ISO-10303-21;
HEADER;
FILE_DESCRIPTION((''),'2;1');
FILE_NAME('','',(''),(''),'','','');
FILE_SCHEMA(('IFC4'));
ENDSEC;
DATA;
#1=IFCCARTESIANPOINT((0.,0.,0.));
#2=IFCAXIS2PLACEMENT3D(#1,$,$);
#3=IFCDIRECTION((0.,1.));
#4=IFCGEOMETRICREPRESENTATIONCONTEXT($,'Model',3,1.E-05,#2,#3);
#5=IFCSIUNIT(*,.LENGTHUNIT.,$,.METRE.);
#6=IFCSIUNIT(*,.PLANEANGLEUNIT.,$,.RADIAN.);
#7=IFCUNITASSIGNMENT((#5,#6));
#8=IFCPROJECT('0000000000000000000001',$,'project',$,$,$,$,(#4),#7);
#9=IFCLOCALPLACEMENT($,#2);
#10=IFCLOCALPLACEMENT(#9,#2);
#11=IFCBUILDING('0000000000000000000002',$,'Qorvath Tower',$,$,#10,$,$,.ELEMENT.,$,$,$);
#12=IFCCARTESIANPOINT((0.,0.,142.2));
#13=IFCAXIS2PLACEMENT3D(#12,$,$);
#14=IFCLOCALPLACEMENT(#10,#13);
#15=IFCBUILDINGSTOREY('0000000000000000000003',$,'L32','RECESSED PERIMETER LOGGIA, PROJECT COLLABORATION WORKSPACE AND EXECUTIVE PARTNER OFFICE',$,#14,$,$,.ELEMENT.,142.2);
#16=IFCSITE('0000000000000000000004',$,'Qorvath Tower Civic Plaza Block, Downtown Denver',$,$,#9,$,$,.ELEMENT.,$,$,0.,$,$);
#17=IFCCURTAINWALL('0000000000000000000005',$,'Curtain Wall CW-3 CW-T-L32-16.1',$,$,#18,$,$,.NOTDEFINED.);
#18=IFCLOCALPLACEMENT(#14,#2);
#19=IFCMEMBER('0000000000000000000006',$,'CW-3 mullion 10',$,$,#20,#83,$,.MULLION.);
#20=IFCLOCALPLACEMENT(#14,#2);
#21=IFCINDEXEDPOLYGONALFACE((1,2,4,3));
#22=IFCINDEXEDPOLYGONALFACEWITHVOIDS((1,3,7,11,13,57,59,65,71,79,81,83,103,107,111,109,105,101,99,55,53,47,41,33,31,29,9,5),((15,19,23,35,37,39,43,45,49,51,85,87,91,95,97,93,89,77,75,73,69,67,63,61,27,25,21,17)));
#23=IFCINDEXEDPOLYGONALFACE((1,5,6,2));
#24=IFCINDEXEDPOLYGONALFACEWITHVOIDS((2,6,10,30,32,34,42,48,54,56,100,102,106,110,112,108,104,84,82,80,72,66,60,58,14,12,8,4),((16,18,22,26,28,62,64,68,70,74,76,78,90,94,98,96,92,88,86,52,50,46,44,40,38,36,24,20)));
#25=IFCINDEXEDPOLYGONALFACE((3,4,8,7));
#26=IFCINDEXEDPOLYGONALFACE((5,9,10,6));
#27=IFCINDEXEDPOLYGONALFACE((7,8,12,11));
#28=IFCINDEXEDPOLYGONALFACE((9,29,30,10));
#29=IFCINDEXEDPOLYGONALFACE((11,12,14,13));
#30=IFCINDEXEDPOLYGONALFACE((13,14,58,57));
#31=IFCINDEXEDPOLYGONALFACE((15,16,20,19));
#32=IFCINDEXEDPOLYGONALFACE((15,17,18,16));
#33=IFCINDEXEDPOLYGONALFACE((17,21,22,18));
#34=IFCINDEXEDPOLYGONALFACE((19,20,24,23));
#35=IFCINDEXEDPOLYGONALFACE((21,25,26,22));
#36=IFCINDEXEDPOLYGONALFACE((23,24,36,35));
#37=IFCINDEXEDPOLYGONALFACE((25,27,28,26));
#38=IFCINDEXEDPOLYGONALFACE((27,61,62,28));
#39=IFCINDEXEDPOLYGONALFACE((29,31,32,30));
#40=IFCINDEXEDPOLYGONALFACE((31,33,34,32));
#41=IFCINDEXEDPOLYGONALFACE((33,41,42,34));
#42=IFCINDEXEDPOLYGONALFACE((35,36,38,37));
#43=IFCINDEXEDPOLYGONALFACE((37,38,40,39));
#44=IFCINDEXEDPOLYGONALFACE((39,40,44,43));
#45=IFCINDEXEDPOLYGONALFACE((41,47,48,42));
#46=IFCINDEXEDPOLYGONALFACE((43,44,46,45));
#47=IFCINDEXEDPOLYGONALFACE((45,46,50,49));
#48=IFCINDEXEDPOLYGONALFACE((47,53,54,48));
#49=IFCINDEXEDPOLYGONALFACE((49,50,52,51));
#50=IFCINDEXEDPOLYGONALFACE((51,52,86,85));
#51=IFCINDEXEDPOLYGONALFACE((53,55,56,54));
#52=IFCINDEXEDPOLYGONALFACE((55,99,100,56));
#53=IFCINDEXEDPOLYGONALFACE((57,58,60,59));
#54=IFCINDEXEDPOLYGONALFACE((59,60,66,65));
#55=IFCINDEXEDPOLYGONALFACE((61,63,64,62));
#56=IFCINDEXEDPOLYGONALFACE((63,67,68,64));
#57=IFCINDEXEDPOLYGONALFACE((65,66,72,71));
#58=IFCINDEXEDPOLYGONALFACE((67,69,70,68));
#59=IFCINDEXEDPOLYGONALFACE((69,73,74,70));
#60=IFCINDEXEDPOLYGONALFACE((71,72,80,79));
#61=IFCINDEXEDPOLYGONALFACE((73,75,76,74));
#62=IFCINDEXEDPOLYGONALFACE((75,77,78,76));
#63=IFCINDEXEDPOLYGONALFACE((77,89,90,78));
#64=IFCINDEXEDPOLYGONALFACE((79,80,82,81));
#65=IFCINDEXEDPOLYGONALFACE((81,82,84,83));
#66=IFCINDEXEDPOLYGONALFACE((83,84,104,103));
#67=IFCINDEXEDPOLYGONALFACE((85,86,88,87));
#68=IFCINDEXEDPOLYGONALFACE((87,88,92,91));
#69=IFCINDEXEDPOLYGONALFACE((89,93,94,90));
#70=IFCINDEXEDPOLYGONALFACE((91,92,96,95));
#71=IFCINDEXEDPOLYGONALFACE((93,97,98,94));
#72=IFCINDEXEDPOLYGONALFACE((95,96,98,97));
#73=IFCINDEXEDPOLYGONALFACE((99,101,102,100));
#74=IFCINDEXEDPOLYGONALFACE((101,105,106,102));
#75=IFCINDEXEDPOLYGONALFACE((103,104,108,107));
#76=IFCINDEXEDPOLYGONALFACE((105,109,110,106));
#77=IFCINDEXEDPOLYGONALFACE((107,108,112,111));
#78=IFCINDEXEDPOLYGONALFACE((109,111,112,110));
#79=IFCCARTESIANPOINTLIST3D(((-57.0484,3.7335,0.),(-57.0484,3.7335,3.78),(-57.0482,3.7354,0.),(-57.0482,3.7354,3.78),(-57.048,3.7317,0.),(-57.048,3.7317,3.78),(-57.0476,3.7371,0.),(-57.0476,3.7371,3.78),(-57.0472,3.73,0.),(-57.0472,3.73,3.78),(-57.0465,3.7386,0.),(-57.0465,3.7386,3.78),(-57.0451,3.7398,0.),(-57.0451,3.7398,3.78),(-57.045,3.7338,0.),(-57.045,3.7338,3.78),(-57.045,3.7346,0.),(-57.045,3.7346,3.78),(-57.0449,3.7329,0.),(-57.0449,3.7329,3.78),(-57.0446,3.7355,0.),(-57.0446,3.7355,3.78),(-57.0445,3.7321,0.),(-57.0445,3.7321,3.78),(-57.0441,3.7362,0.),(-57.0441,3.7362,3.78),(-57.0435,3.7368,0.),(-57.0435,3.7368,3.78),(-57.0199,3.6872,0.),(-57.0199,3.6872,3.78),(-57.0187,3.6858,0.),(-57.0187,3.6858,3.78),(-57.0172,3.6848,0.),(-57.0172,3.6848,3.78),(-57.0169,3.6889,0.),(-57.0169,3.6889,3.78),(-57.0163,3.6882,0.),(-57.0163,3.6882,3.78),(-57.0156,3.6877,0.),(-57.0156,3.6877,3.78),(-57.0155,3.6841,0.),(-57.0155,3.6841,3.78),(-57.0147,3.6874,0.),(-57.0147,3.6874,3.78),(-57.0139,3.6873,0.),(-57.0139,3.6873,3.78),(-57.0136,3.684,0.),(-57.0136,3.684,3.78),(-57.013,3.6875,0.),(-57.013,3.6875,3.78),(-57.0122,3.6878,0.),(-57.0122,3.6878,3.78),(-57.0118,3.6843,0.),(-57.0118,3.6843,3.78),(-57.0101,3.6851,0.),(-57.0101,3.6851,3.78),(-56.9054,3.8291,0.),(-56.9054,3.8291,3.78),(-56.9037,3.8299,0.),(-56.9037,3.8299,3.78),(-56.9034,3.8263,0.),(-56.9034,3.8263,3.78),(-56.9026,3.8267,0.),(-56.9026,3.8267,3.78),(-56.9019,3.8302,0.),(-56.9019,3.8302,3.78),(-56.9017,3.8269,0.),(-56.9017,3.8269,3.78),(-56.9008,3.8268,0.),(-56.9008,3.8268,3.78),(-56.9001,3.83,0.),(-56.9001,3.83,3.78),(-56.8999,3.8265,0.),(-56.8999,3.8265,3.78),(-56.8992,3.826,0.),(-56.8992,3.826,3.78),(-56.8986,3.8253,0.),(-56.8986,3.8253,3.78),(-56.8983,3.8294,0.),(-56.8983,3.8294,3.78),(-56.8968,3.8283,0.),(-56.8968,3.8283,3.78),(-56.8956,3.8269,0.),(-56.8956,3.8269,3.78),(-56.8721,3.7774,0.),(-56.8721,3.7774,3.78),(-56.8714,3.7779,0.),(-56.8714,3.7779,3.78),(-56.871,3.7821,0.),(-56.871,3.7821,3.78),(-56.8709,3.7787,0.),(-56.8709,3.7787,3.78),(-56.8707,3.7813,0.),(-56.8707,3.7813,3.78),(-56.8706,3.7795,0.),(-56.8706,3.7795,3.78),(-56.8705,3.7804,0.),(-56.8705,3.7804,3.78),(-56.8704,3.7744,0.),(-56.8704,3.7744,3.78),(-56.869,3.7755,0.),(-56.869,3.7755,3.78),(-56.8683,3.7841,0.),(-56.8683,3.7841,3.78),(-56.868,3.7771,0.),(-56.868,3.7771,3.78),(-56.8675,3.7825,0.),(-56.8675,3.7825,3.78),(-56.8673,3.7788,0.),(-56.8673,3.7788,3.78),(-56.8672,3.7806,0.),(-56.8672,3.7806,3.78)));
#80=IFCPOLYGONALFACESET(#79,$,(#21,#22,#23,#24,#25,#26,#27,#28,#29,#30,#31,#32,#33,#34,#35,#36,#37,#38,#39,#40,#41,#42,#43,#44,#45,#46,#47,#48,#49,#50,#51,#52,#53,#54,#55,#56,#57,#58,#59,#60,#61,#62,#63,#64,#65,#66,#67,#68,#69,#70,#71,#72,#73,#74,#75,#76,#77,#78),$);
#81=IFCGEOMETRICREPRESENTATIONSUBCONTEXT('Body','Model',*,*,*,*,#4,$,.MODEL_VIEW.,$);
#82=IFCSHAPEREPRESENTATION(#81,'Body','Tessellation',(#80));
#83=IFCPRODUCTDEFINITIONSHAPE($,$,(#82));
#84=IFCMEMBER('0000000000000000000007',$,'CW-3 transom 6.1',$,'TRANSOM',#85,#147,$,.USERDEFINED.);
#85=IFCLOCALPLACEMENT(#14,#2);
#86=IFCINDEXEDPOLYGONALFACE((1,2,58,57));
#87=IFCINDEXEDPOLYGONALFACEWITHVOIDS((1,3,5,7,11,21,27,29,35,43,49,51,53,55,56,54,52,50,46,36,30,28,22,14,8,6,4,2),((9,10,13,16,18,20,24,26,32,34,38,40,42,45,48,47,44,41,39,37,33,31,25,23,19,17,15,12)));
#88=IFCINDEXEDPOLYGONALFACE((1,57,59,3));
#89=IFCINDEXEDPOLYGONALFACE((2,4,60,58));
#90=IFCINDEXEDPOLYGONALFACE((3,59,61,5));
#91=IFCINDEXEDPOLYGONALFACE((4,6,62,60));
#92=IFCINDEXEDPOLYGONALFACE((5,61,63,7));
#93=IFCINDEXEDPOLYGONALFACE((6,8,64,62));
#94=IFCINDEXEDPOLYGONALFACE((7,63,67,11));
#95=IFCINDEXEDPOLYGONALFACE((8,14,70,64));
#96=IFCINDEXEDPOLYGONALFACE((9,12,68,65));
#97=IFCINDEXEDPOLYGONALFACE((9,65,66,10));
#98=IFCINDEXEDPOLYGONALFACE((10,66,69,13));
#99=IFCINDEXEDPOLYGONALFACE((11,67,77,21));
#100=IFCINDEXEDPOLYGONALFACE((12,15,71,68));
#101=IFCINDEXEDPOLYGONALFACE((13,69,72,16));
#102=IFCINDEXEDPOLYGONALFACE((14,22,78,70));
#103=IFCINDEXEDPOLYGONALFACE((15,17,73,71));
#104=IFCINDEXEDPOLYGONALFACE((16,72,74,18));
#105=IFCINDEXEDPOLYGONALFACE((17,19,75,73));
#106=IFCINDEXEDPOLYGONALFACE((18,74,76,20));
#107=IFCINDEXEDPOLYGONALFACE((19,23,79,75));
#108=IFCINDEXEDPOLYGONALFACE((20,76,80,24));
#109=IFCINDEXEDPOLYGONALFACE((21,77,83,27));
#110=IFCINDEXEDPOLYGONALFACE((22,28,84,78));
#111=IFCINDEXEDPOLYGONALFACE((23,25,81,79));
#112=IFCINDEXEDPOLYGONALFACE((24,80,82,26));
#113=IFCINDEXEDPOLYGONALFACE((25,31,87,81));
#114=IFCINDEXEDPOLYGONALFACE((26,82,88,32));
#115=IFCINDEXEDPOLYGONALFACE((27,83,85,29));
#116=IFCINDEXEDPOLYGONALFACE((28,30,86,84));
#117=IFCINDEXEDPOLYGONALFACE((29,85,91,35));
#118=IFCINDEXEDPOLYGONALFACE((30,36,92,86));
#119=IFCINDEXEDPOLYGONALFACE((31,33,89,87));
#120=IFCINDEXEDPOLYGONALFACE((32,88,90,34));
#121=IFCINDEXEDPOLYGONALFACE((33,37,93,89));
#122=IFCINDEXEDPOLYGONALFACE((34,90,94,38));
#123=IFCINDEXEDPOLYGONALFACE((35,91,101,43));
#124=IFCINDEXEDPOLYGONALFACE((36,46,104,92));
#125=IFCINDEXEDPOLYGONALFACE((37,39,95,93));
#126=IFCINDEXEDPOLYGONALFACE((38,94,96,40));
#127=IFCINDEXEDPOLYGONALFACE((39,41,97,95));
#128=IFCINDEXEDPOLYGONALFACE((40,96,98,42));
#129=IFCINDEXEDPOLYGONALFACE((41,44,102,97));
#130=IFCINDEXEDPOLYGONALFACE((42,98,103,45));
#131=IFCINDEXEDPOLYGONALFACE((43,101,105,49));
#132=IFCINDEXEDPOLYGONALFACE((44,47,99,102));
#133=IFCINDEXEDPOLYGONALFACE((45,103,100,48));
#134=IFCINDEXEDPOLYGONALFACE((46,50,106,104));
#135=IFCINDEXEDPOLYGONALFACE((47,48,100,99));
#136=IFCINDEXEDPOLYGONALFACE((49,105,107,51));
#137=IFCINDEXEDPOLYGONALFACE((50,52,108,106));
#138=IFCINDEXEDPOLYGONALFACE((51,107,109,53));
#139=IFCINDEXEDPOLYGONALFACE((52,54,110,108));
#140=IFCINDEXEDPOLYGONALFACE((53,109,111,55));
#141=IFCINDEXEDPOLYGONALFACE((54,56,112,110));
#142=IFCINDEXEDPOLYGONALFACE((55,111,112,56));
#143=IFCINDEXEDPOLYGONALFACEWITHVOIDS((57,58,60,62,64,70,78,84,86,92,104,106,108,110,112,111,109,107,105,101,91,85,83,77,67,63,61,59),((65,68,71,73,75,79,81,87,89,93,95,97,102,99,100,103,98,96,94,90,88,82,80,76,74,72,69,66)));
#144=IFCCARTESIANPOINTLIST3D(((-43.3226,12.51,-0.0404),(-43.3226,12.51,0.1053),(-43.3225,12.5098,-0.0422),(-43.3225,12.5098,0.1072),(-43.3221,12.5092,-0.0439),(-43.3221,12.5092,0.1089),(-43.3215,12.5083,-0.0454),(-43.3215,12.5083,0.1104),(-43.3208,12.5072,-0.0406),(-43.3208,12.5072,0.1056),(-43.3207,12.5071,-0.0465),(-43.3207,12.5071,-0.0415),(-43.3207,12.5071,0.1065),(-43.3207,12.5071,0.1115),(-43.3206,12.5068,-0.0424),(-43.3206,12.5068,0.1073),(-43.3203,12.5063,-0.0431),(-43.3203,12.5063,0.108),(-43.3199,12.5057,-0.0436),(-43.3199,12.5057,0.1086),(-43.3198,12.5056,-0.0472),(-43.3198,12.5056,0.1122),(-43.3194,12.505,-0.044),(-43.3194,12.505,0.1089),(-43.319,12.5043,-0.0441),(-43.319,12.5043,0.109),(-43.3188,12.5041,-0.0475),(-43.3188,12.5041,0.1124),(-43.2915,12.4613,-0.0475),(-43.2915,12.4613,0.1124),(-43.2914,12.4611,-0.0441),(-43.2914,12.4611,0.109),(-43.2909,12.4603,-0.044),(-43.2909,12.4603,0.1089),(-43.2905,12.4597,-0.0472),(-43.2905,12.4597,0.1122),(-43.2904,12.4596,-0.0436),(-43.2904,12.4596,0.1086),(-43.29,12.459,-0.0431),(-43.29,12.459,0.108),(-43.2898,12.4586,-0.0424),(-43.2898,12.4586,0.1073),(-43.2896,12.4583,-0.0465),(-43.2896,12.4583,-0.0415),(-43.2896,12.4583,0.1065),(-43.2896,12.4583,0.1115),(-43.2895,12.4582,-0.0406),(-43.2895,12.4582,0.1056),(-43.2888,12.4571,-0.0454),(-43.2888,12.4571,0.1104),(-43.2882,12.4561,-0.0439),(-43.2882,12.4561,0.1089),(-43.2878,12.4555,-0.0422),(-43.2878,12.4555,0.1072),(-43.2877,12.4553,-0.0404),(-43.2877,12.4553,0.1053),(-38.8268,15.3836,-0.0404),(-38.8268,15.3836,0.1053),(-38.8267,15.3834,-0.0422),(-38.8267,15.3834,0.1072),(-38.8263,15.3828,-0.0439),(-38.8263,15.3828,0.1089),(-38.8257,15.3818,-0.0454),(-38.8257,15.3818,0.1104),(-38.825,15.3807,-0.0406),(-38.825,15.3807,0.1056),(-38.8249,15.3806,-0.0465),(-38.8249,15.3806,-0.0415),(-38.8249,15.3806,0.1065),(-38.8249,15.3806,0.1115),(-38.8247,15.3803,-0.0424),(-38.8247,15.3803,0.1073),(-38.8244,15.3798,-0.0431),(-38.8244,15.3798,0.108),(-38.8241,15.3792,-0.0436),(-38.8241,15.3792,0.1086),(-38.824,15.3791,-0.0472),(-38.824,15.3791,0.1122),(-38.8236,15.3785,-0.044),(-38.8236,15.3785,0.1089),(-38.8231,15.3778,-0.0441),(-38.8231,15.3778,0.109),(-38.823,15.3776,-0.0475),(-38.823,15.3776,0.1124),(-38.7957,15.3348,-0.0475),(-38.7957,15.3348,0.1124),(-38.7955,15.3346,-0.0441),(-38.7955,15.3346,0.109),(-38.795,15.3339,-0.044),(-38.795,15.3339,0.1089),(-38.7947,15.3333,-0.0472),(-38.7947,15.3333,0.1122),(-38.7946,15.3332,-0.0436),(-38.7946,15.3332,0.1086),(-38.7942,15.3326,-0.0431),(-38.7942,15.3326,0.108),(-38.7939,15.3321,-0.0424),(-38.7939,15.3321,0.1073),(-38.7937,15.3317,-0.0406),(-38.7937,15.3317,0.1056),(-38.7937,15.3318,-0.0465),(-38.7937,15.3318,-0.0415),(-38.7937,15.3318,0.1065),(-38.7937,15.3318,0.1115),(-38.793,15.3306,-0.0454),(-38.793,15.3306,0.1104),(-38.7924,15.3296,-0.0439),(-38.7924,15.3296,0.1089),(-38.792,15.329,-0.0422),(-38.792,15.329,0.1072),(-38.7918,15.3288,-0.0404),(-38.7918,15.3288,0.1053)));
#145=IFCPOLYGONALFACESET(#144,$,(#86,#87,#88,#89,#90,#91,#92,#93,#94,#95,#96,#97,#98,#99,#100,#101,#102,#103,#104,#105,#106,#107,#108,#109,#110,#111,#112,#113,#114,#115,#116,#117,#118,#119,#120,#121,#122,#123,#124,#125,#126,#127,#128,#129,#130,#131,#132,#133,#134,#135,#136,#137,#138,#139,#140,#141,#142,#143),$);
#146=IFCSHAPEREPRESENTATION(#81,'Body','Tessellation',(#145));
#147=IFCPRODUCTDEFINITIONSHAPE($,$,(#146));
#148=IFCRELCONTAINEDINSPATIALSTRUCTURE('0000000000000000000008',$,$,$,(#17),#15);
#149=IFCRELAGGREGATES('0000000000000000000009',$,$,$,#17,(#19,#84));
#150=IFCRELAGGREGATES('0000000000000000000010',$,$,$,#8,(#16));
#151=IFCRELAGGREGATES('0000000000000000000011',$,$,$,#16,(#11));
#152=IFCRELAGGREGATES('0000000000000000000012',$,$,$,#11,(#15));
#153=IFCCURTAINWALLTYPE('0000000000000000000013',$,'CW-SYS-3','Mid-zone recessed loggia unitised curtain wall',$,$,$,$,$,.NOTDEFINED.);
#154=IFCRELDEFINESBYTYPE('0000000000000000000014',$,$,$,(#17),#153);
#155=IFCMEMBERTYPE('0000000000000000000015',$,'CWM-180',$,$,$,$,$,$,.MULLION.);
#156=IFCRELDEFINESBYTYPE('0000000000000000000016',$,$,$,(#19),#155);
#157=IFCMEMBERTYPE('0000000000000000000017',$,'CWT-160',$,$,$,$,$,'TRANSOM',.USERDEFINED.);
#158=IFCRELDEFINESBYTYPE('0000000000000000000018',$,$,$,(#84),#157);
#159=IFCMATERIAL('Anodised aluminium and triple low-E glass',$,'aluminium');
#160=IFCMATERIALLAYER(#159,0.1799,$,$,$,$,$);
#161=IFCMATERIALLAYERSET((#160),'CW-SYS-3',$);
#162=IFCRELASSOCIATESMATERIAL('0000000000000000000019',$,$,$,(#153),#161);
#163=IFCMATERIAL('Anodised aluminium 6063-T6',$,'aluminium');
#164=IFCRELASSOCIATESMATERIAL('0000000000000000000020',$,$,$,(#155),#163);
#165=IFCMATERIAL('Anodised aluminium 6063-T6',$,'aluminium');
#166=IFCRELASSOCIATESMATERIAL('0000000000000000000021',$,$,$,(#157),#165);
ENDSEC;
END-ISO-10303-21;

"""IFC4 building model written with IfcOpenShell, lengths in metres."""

from ifc_helpers import new_model, si_unit, direction, frame, origin, origin_2d, place, context, subcontext, project, spatial, hollow_rectangle, extrude, material, layer, layer_set, material_profile, profile_set, type_object, element, aggregate, save


model = new_model("IFC4")

# Units and contexts
model_context = context("Model", 3, precision=1e-05, world=origin(), true_north=direction((0.0, 1.0)))
body_context = subcontext(model_context, "Body", "Model", "MODEL_VIEW")
ifc_project = project(units=[si_unit("LENGTHUNIT", "METRE"), si_unit("PLANEANGLEUNIT", "RADIAN")], contexts=[model_context])

# Site, building, storey
site_placement = place(None, origin())
site = spatial("IfcSite", under=ifc_project, at=site_placement, Name="Qorvath Tower Civic Plaza Block, Downtown Denver", CompositionType="ELEMENT", RefElevation=0.0)
building_placement = place(site_placement, origin())
building = spatial("IfcBuilding", under=site, at=building_placement, Name="Qorvath Tower", CompositionType="ELEMENT")
storey_placement = place(building_placement, frame((0.0, 0.0, 142.2)))
storey = spatial("IfcBuildingStorey", under=building, at=storey_placement, Name="L32", Description="RECESSED PERIMETER LOGGIA, PROJECT COLLABORATION WORKSPACE AND EXECUTIVE PARTNER OFFICE", CompositionType="ELEMENT", Elevation=142.2)

# Curtain wall, members
ifc_material_1 = material(Name="Anodised aluminium and triple low-E glass", Category="aluminium")
ifc_layer_1 = layer(ifc_material_1, 0.1799)
ifc_layer_set_1 = layer_set([ifc_layer_1], Name="CW-SYS-3")
curtain_wall_type = type_object("IfcCurtainWallType", Name="CW-SYS-3", Description="Mid-zone recessed loggia unitised curtain wall", PredefinedType="NOTDEFINED", material=ifc_layer_set_1)
curtain_wall_placement = place(storey_placement, origin())
curtain_wall = element("IfcCurtainWall", 1, at=curtain_wall_placement, inside=storey, type_object=curtain_wall_type, Name="Curtain Wall CW-3 CW-T-L32-16.1", PredefinedType="NOTDEFINED")
ifc_material_2 = material(Name="Anodised aluminium 6063-T6", Category="aluminium")
ifc_material_profile_1 = material_profile(ifc_material_2, hollow_rectangle(XDim=0.0649, YDim=0.1799, WallThickness=0.0034, InnerFilletRadius=0.0034, OuterFilletRadius=0.0071, at=origin_2d()), Name="CWM 180x65")
ifc_profile_set_1 = profile_set([ifc_material_profile_1], Name="Anodised aluminium 6063-T6")
member_type_1 = type_object("IfcMemberType", Name="CWM-180", PredefinedType="MULLION", material=ifc_profile_set_1)
member_1_placement = place(storey_placement, frame((-56.9578, 3.7571, 0.0), z_axis=(0.0, 0.0, 1.0), x_axis=(0.538533, -0.842604, 0.0)))
member_1 = element("IfcMember", 2, at=member_1_placement, type_object=member_type_1, Name="CW-3 mullion 10", PredefinedType="MULLION", context=body_context, shape_type="SweptSolid", body=[
    extrude(hollow_rectangle(XDim=0.0649, YDim=0.1799, WallThickness=0.0034, InnerFilletRadius=0.0034, OuterFilletRadius=0.0071, at=origin_2d()), origin(), (0.0, 0.0, 1.0), 3.78),
])
ifc_material_3 = material(Name="Anodised aluminium 6063-T6", Category="aluminium")
ifc_material_profile_2 = material_profile(ifc_material_3, hollow_rectangle(XDim=0.0649, YDim=0.1599, WallThickness=0.0034, InnerFilletRadius=0.0034, OuterFilletRadius=0.0071, at=origin_2d()), Name="CWT 160x65")
ifc_profile_set_2 = profile_set([ifc_material_profile_2], Name="Anodised aluminium 6063-T6")
member_type_2 = type_object("IfcMemberType", Name="CWT-160", ElementType="TRANSOM", PredefinedType="USERDEFINED", material=ifc_profile_set_2)
member_2_placement = place(storey_placement, frame((-38.8093, 15.3562, 0.0325), z_axis=(-0.842595, -0.538547, 0.0), x_axis=(0.538547, -0.842595, 0.0)))
member_2 = element("IfcMember", 3, at=member_2_placement, type_object=member_type_2, Name="CW-3 transom 6.1", ObjectType="TRANSOM", PredefinedType="USERDEFINED", context=body_context, shape_type="SweptSolid", body=[
    extrude(hollow_rectangle(XDim=0.0649, YDim=0.1599, WallThickness=0.0034, InnerFilletRadius=0.0034, OuterFilletRadius=0.0071, at=origin_2d()), origin(), (0.0, 0.0, 1.0), 5.3357),
])
aggregate(curtain_wall, [member_1, member_2])

save(model, "model.ifc")
